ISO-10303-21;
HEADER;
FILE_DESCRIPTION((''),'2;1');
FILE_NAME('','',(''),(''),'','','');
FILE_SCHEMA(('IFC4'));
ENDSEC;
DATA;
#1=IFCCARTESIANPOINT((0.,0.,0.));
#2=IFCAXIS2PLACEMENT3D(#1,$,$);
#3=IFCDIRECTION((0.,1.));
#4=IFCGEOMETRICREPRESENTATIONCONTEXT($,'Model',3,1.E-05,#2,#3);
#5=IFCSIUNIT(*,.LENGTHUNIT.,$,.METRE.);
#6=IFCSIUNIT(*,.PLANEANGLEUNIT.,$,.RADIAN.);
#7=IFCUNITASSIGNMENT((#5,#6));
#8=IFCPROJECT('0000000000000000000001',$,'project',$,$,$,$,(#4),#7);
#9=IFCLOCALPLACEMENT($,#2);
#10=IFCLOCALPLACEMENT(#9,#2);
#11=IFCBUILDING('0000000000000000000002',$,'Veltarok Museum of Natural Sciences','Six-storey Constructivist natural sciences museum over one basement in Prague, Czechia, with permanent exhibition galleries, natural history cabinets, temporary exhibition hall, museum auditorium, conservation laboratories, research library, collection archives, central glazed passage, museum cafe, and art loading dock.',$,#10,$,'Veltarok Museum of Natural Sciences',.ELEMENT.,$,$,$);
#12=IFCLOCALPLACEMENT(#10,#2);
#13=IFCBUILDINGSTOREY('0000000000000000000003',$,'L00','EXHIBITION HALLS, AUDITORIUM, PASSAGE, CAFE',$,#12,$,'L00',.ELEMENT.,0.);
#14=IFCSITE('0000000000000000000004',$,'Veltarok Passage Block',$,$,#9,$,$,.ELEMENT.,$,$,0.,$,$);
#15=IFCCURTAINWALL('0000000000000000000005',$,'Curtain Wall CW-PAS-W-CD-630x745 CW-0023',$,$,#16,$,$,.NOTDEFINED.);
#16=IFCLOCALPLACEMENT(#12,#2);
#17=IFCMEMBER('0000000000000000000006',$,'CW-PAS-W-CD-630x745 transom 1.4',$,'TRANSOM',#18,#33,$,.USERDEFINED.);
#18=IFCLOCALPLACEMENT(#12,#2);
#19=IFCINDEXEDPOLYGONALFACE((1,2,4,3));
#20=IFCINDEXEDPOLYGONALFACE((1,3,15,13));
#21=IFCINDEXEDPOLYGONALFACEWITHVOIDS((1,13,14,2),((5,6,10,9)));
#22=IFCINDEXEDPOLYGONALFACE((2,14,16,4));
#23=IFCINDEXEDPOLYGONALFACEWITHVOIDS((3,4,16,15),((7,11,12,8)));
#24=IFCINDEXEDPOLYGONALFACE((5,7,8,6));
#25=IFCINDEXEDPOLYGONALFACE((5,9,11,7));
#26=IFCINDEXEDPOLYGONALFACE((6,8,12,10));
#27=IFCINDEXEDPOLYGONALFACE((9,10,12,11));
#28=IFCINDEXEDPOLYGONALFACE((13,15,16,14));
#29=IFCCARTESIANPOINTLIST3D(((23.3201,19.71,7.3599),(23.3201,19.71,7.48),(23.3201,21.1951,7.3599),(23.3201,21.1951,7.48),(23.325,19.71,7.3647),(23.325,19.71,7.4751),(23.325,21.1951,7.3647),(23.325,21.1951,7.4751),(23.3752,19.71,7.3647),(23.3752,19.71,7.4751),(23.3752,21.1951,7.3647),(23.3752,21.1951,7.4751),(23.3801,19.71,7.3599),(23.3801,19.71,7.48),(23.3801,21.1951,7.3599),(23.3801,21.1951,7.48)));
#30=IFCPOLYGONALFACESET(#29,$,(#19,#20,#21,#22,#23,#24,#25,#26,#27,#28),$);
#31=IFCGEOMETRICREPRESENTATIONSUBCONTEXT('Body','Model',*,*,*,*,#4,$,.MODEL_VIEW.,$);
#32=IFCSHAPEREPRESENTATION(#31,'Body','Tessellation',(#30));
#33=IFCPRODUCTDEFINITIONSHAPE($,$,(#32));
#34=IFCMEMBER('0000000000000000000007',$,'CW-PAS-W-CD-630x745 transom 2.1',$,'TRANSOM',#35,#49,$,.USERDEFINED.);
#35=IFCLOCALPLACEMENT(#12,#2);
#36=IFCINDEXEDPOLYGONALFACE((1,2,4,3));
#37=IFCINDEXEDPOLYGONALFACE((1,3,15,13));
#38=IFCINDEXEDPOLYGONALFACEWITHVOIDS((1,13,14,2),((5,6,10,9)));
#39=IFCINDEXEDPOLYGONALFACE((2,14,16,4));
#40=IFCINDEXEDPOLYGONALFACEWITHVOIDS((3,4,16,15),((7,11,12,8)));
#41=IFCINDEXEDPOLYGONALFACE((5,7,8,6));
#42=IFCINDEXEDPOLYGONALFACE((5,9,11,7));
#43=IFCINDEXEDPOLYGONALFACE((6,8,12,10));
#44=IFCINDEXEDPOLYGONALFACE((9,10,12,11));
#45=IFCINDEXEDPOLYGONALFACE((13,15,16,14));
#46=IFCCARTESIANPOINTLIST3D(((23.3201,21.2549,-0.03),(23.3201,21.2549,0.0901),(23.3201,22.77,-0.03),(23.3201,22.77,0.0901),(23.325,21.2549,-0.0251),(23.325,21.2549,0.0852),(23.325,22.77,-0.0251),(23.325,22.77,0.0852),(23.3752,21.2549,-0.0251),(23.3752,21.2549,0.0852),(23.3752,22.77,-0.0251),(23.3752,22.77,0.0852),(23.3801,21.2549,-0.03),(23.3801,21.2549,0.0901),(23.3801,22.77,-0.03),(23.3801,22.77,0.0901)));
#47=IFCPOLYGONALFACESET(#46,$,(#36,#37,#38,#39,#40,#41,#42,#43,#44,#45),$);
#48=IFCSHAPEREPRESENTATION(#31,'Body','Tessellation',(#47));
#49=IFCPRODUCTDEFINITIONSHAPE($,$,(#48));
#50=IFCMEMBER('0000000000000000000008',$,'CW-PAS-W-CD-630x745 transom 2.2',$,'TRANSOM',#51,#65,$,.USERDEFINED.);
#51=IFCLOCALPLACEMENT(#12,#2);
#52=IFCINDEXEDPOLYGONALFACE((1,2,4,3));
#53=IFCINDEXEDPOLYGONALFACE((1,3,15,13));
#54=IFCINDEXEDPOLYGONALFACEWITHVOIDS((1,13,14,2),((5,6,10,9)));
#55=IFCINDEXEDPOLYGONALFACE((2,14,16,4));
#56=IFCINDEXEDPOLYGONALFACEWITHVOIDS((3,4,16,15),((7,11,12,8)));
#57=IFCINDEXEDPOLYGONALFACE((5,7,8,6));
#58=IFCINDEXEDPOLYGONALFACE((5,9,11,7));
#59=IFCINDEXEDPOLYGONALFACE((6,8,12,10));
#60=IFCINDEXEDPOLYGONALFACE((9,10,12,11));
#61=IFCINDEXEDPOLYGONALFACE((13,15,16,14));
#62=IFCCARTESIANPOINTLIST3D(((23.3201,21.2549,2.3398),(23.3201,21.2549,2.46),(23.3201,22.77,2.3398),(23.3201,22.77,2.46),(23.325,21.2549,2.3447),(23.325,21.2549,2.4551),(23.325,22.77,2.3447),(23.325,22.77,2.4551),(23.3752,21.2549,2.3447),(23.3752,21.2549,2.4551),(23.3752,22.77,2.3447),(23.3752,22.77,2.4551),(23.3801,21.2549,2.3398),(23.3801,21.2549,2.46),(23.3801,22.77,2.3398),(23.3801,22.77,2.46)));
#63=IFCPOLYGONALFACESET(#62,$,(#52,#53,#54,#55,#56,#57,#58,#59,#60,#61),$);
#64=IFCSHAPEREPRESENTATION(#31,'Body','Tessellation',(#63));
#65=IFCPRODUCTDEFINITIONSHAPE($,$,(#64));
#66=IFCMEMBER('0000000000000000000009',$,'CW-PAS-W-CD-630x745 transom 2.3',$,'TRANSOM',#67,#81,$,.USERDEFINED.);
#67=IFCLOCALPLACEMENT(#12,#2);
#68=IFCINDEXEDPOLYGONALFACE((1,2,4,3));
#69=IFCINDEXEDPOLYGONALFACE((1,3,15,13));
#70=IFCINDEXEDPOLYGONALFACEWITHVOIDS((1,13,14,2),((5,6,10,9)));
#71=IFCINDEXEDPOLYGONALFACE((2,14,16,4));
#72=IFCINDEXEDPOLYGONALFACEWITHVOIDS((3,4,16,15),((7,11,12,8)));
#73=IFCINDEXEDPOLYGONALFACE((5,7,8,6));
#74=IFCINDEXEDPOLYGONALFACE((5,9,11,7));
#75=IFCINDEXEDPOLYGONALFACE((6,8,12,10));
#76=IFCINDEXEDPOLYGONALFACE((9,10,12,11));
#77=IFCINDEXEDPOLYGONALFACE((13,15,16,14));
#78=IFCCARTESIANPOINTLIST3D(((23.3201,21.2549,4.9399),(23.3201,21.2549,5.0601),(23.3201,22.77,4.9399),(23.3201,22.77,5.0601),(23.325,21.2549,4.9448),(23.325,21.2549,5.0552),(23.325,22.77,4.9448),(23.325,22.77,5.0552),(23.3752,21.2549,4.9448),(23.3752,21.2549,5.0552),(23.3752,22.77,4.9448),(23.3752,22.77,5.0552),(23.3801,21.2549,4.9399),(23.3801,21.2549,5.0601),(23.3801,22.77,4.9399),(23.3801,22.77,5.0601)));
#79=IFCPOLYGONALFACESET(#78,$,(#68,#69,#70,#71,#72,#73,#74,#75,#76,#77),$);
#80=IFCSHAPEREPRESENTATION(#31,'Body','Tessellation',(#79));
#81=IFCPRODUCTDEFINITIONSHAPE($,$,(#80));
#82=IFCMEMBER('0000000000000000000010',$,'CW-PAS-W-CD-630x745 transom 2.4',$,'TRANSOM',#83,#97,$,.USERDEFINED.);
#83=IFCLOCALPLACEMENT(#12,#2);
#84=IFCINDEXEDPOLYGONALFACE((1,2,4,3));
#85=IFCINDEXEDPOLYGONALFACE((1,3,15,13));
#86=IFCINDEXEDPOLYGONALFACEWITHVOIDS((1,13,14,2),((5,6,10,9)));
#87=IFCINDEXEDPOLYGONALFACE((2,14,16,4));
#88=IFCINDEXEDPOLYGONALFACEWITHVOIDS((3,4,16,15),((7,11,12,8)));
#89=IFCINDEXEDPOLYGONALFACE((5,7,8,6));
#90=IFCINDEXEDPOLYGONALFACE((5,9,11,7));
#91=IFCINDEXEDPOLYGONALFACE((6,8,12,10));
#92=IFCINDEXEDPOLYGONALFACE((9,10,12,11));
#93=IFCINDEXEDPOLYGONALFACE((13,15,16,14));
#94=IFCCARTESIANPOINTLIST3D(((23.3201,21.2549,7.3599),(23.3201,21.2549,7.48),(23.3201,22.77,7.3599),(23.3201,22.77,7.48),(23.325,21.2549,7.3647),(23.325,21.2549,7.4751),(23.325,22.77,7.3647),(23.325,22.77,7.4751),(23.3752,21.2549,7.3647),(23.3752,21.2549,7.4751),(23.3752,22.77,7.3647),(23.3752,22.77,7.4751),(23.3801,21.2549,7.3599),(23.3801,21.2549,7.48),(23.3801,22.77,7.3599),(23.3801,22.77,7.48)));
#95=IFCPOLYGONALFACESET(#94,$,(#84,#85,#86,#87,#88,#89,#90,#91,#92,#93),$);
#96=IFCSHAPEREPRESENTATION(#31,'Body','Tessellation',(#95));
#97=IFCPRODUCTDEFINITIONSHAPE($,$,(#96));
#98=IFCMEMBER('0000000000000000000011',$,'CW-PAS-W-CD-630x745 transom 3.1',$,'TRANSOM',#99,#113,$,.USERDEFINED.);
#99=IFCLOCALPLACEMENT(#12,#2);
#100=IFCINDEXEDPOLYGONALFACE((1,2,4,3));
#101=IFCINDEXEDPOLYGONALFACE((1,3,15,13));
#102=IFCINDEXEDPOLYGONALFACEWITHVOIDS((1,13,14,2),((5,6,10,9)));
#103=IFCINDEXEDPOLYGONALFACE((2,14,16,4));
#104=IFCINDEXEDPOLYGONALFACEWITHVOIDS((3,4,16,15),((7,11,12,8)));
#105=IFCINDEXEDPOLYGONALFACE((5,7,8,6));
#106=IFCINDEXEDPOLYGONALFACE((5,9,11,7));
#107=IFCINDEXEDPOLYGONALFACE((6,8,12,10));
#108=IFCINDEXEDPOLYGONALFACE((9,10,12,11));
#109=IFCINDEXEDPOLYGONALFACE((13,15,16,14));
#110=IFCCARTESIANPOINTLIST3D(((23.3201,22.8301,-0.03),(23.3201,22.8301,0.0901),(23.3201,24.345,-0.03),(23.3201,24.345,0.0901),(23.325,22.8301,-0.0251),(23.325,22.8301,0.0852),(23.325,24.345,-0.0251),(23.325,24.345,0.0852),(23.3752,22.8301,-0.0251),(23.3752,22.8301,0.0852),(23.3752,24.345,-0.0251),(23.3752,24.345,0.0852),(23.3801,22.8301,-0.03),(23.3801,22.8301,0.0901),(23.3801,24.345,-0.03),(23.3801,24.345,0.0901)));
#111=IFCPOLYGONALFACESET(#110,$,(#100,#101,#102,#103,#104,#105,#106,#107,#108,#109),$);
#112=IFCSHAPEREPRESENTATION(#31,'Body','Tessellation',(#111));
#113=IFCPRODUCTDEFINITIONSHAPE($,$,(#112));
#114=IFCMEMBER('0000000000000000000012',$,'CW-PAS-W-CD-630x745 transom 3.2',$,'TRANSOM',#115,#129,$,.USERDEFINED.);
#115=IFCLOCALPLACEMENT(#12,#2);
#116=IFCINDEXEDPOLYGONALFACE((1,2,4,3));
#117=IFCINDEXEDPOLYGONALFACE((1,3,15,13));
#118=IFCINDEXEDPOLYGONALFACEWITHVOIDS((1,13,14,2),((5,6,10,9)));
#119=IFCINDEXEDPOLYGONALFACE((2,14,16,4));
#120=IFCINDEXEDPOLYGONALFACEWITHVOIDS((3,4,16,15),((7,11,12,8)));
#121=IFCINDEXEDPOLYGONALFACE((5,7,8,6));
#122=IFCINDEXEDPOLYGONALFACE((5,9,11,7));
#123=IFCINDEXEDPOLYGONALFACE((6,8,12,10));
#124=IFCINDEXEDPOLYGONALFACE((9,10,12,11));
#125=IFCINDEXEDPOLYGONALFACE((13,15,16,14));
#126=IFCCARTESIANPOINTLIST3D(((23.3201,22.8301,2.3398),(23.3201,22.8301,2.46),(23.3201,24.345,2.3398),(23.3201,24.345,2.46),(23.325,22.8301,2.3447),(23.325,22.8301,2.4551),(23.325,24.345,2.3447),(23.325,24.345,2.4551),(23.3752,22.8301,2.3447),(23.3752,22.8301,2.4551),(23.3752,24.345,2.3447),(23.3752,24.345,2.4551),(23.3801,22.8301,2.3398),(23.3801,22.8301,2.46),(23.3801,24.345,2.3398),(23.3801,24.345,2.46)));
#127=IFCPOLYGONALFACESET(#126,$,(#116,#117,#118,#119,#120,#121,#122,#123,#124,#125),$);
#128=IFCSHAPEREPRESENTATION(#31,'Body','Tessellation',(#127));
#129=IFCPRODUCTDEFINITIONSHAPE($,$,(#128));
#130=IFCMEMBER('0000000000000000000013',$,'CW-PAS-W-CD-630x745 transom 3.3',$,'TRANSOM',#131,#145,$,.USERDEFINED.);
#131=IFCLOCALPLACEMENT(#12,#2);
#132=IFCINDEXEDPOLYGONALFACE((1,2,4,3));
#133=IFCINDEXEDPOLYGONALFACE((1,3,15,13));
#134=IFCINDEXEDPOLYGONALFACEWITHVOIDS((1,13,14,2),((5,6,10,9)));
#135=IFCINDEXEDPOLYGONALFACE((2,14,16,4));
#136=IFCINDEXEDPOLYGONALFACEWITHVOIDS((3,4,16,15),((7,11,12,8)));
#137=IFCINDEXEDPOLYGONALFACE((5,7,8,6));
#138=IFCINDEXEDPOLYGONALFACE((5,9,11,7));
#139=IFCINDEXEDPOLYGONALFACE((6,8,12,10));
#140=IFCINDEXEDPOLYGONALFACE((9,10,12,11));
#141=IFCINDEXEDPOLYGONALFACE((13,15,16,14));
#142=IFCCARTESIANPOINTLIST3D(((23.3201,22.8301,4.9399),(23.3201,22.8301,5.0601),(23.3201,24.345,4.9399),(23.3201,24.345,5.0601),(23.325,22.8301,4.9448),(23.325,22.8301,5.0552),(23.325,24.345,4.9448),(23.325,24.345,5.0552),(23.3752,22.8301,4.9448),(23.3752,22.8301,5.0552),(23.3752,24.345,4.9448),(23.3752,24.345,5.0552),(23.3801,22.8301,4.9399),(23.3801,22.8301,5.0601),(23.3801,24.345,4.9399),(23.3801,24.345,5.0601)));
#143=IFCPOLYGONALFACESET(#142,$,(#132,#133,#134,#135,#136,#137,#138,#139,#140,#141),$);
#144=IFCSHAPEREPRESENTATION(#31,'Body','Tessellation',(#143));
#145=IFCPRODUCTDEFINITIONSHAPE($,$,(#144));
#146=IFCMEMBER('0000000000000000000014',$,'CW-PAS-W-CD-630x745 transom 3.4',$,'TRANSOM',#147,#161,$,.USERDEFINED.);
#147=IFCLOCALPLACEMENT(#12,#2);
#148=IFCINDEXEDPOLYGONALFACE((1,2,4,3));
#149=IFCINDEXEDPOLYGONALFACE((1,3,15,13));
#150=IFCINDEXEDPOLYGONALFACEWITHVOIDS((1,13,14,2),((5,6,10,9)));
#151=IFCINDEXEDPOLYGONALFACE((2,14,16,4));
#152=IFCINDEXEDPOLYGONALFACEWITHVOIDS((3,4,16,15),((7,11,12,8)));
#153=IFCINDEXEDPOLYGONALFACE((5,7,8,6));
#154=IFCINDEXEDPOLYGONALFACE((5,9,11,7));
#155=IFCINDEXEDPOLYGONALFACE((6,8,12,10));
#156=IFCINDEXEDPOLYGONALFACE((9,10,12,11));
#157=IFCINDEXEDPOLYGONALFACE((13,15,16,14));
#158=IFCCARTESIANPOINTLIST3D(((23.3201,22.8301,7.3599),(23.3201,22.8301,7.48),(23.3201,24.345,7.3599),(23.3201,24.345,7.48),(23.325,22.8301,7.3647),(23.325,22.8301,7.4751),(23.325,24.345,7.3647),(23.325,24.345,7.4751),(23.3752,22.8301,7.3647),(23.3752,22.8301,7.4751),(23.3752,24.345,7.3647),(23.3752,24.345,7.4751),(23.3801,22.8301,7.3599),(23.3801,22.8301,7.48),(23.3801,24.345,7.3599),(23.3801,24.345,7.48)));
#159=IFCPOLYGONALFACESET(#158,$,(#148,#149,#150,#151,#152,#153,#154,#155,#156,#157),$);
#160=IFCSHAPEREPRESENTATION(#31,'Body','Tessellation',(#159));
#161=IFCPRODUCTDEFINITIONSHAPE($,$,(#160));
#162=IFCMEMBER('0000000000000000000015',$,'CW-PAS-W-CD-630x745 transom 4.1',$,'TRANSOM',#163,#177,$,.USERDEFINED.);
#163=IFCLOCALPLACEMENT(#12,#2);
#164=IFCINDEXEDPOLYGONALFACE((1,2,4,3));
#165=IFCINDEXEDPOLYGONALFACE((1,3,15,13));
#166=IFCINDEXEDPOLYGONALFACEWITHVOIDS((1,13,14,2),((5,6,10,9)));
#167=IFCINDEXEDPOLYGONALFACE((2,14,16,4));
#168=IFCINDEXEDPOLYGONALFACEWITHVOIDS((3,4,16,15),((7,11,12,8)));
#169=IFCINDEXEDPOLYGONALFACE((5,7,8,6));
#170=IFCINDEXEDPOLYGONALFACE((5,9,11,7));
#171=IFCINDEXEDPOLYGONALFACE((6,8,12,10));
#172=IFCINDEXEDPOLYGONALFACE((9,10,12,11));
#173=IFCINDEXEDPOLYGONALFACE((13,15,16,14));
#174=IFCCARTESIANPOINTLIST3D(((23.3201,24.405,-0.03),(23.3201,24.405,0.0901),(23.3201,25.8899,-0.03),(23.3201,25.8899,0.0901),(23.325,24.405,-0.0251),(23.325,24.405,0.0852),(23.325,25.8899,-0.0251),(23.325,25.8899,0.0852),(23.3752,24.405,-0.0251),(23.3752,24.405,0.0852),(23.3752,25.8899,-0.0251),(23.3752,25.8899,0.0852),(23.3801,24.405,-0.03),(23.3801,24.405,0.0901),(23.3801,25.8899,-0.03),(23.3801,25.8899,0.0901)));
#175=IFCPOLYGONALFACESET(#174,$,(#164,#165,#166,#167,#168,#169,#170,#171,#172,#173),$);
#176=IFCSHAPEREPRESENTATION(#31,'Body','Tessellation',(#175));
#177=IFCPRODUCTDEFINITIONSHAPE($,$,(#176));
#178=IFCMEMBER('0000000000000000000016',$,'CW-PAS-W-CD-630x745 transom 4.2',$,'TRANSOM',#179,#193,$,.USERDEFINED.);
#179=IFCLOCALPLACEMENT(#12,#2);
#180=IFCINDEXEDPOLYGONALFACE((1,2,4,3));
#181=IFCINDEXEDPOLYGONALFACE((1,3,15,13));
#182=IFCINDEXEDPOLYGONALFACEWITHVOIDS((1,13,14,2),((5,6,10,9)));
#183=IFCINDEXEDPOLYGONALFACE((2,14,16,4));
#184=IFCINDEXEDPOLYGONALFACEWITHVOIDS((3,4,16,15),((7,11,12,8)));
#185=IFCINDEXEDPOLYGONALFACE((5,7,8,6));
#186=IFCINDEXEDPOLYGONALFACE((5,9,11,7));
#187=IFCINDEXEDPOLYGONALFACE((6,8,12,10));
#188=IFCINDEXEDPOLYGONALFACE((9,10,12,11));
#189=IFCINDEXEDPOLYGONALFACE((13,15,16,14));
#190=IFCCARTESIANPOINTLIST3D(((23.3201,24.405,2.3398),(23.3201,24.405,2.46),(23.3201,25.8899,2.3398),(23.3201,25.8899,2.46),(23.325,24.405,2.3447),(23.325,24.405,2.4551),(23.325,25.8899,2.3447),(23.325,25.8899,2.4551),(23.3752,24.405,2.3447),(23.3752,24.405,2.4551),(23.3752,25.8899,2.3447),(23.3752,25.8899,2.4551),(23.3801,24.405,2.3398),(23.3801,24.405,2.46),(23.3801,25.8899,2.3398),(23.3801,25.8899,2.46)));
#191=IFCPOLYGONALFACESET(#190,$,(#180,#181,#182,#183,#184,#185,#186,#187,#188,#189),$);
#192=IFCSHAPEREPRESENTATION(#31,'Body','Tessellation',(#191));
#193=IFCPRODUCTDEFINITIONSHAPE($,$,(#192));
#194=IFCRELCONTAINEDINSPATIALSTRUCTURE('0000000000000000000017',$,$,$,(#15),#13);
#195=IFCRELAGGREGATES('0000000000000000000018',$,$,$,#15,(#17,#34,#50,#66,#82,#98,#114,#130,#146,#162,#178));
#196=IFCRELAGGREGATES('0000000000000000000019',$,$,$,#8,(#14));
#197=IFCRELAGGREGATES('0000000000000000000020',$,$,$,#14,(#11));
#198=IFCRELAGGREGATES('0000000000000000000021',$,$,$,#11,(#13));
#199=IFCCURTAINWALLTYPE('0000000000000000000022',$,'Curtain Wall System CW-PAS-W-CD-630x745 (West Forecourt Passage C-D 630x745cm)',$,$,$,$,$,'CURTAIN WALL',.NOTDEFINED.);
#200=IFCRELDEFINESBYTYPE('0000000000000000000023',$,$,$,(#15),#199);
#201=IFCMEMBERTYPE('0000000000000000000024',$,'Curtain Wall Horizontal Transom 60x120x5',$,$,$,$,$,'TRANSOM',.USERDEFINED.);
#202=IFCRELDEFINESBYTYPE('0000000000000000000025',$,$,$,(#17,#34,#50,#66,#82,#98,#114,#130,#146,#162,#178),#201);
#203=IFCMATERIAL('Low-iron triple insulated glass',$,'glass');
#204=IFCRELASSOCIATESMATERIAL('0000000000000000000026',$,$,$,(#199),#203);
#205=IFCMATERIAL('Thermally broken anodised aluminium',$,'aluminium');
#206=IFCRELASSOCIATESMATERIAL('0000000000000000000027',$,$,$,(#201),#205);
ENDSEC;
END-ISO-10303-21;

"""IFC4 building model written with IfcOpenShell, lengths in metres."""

from ifc_helpers import new_model, si_unit, direction, frame, origin, origin_2d, place, context, subcontext, project, spatial, hollow_rectangle, extrude, material, material_profile, profile_set, type_object, element, aggregate, save


model = new_model("IFC4")

# Units and contexts
model_context = context("Model", 3, precision=1e-05, world=origin(), true_north=direction((0.0, 1.0)))
body_context = subcontext(model_context, "Body", "Model", "MODEL_VIEW")
ifc_project = project(units=[si_unit("LENGTHUNIT", "METRE"), si_unit("PLANEANGLEUNIT", "RADIAN")], contexts=[model_context])

# Site, building, storey
site_placement = place(None, origin())
site = spatial("IfcSite", under=ifc_project, at=site_placement, Name="Veltarok Passage Block", CompositionType="ELEMENT", RefElevation=0.0)
building_placement = place(site_placement, origin())
building = spatial("IfcBuilding", under=site, at=building_placement, Name="Veltarok Museum of Natural Sciences", Description="Six-storey Constructivist natural sciences museum over one basement in Prague, Czechia, with permanent exhibition galleries, natural history cabinets, temporary exhibition hall, museum auditorium, conservation laboratories, research library, collection archives, central glazed passage, museum cafe, and art loading dock.", LongName="Veltarok Museum of Natural Sciences", CompositionType="ELEMENT")
storey_placement = place(building_placement, origin())
storey = spatial("IfcBuildingStorey", under=building, at=storey_placement, Name="L00", Description="EXHIBITION HALLS, AUDITORIUM, PASSAGE, CAFE", LongName="L00", CompositionType="ELEMENT", Elevation=0.0)

# Curtain wall, members
ifc_material_1 = material(Name="Low-iron triple insulated glass", Category="glass")
curtain_wall_type_1 = type_object("IfcCurtainWallType", Name="Curtain Wall System CW-PAS-W-CD-630x745 (West Forecourt Passage C-D 630x745cm)", ElementType="CURTAIN WALL", PredefinedType="NOTDEFINED", material=ifc_material_1)
curtain_wall_1_placement = place(storey_placement, origin())
curtain_wall_1 = element("IfcCurtainWall", 1, at=curtain_wall_1_placement, inside=storey, type_object=curtain_wall_type_1, Name="Curtain Wall CW-PAS-W-CD-630x745 CW-0023", PredefinedType="NOTDEFINED")
ifc_material_2 = material(Name="Thermally broken anodised aluminium", Category="aluminium")
ifc_material_profile_1 = material_profile(ifc_material_2, hollow_rectangle(XDim=0.0601, YDim=0.1201, WallThickness=0.0049, at=origin_2d()), Name="CW TRANSOM 60x120x5")
ifc_profile_set_1 = profile_set([ifc_material_profile_1], Name="Thermally broken anodised aluminium")
member_type_1 = type_object("IfcMemberType", Name="Curtain Wall Horizontal Transom 60x120x5", ElementType="TRANSOM", PredefinedType="USERDEFINED", material=ifc_profile_set_1)
member_1_placement = place(storey_placement, frame((23.3501, 19.71, 7.4199), z_axis=(0.0, 1.0, 0.0), x_axis=(-1.0, 0.0, 0.0)))
member_1 = element("IfcMember", 2, at=member_1_placement, type_object=member_type_1, Name="CW-PAS-W-CD-630x745 transom 1.4", ObjectType="TRANSOM", PredefinedType="USERDEFINED", context=body_context, shape_type="SweptSolid", body=[
    extrude(hollow_rectangle(XDim=0.0601, YDim=0.1201, WallThickness=0.0049, at=origin_2d()), origin(), (0.0, 0.0, 1.0), 1.4851),
])
member_2_placement = place(storey_placement, frame((23.3501, 21.2549, 0.03), z_axis=(0.0, 1.0, 0.0), x_axis=(-1.0, 0.0, 0.0)))
member_2 = element("IfcMember", 3, at=member_2_placement, type_object=member_type_1, Name="CW-PAS-W-CD-630x745 transom 2.1", ObjectType="TRANSOM", PredefinedType="USERDEFINED", context=body_context, shape_type="SweptSolid", body=[
    extrude(hollow_rectangle(XDim=0.0601, YDim=0.1201, WallThickness=0.0049, at=origin_2d()), origin(), (0.0, 0.0, 1.0), 1.5151),
])
member_3_placement = place(storey_placement, frame((23.3501, 21.2549, 2.3999), z_axis=(0.0, 1.0, 0.0), x_axis=(-1.0, 0.0, 0.0)))
member_3 = element("IfcMember", 4, at=member_3_placement, type_object=member_type_1, Name="CW-PAS-W-CD-630x745 transom 2.2", ObjectType="TRANSOM", PredefinedType="USERDEFINED", context=body_context, shape_type="SweptSolid", body=[
    extrude(hollow_rectangle(XDim=0.0601, YDim=0.1201, WallThickness=0.0049, at=origin_2d()), origin(), (0.0, 0.0, 1.0), 1.5151),
])
member_4_placement = place(storey_placement, frame((23.3501, 21.2549, 5.0), z_axis=(0.0, 1.0, 0.0), x_axis=(-1.0, 0.0, 0.0)))
member_4 = element("IfcMember", 5, at=member_4_placement, type_object=member_type_1, Name="CW-PAS-W-CD-630x745 transom 2.3", ObjectType="TRANSOM", PredefinedType="USERDEFINED", context=body_context, shape_type="SweptSolid", body=[
    extrude(hollow_rectangle(XDim=0.0601, YDim=0.1201, WallThickness=0.0049, at=origin_2d()), origin(), (0.0, 0.0, 1.0), 1.5151),
])
member_5_placement = place(storey_placement, frame((23.3501, 21.2549, 7.4199), z_axis=(0.0, 1.0, 0.0), x_axis=(-1.0, 0.0, 0.0)))
member_5 = element("IfcMember", 6, at=member_5_placement, type_object=member_type_1, Name="CW-PAS-W-CD-630x745 transom 2.4", ObjectType="TRANSOM", PredefinedType="USERDEFINED", context=body_context, shape_type="SweptSolid", body=[
    extrude(hollow_rectangle(XDim=0.0601, YDim=0.1201, WallThickness=0.0049, at=origin_2d()), origin(), (0.0, 0.0, 1.0), 1.5151),
])
member_6_placement = place(storey_placement, frame((23.3501, 22.8301, 0.03), z_axis=(0.0, 1.0, 0.0), x_axis=(-1.0, 0.0, 0.0)))
member_6 = element("IfcMember", 7, at=member_6_placement, type_object=member_type_1, Name="CW-PAS-W-CD-630x745 transom 3.1", ObjectType="TRANSOM", PredefinedType="USERDEFINED", context=body_context, shape_type="SweptSolid", body=[
    extrude(hollow_rectangle(XDim=0.0601, YDim=0.1201, WallThickness=0.0049, at=origin_2d()), origin(), (0.0, 0.0, 1.0), 1.5149),
])
member_7_placement = place(storey_placement, frame((23.3501, 22.8301, 2.3999), z_axis=(0.0, 1.0, 0.0), x_axis=(-1.0, 0.0, 0.0)))
member_7 = element("IfcMember", 8, at=member_7_placement, type_object=member_type_1, Name="CW-PAS-W-CD-630x745 transom 3.2", ObjectType="TRANSOM", PredefinedType="USERDEFINED", context=body_context, shape_type="SweptSolid", body=[
    extrude(hollow_rectangle(XDim=0.0601, YDim=0.1201, WallThickness=0.0049, at=origin_2d()), origin(), (0.0, 0.0, 1.0), 1.5149),
])
member_8_placement = place(storey_placement, frame((23.3501, 22.8301, 5.0), z_axis=(0.0, 1.0, 0.0), x_axis=(-1.0, 0.0, 0.0)))
member_8 = element("IfcMember", 9, at=member_8_placement, type_object=member_type_1, Name="CW-PAS-W-CD-630x745 transom 3.3", ObjectType="TRANSOM", PredefinedType="USERDEFINED", context=body_context, shape_type="SweptSolid", body=[
    extrude(hollow_rectangle(XDim=0.0601, YDim=0.1201, WallThickness=0.0049, at=origin_2d()), origin(), (0.0, 0.0, 1.0), 1.5149),
])
member_9_placement = place(storey_placement, frame((23.3501, 22.8301, 7.4199), z_axis=(0.0, 1.0, 0.0), x_axis=(-1.0, 0.0, 0.0)))
member_9 = element("IfcMember", 10, at=member_9_placement, type_object=member_type_1, Name="CW-PAS-W-CD-630x745 transom 3.4", ObjectType="TRANSOM", PredefinedType="USERDEFINED", context=body_context, shape_type="SweptSolid", body=[
    extrude(hollow_rectangle(XDim=0.0601, YDim=0.1201, WallThickness=0.0049, at=origin_2d()), origin(), (0.0, 0.0, 1.0), 1.5149),
])
member_10_placement = place(storey_placement, frame((23.3501, 24.405, 0.03), z_axis=(0.0, 1.0, 0.0), x_axis=(-1.0, 0.0, 0.0)))
member_10 = element("IfcMember", 11, at=member_10_placement, type_object=member_type_1, Name="CW-PAS-W-CD-630x745 transom 4.1", ObjectType="TRANSOM", PredefinedType="USERDEFINED", context=body_context, shape_type="SweptSolid", body=[
    extrude(hollow_rectangle(XDim=0.0601, YDim=0.1201, WallThickness=0.0049, at=origin_2d()), origin(), (0.0, 0.0, 1.0), 1.4849),
])
member_11_placement = place(storey_placement, frame((23.3501, 24.405, 2.3999), z_axis=(0.0, 1.0, 0.0), x_axis=(-1.0, 0.0, 0.0)))
member_11 = element("IfcMember", 12, at=member_11_placement, type_object=member_type_1, Name="CW-PAS-W-CD-630x745 transom 4.2", ObjectType="TRANSOM", PredefinedType="USERDEFINED", context=body_context, shape_type="SweptSolid", body=[
    extrude(hollow_rectangle(XDim=0.0601, YDim=0.1201, WallThickness=0.0049, at=origin_2d()), origin(), (0.0, 0.0, 1.0), 1.4849),
])

aggregate(curtain_wall_1, [member_1, member_2, member_3, member_4, member_5, member_6, member_7, member_8, member_9, member_10, member_11])

save(model, "model.ifc")
